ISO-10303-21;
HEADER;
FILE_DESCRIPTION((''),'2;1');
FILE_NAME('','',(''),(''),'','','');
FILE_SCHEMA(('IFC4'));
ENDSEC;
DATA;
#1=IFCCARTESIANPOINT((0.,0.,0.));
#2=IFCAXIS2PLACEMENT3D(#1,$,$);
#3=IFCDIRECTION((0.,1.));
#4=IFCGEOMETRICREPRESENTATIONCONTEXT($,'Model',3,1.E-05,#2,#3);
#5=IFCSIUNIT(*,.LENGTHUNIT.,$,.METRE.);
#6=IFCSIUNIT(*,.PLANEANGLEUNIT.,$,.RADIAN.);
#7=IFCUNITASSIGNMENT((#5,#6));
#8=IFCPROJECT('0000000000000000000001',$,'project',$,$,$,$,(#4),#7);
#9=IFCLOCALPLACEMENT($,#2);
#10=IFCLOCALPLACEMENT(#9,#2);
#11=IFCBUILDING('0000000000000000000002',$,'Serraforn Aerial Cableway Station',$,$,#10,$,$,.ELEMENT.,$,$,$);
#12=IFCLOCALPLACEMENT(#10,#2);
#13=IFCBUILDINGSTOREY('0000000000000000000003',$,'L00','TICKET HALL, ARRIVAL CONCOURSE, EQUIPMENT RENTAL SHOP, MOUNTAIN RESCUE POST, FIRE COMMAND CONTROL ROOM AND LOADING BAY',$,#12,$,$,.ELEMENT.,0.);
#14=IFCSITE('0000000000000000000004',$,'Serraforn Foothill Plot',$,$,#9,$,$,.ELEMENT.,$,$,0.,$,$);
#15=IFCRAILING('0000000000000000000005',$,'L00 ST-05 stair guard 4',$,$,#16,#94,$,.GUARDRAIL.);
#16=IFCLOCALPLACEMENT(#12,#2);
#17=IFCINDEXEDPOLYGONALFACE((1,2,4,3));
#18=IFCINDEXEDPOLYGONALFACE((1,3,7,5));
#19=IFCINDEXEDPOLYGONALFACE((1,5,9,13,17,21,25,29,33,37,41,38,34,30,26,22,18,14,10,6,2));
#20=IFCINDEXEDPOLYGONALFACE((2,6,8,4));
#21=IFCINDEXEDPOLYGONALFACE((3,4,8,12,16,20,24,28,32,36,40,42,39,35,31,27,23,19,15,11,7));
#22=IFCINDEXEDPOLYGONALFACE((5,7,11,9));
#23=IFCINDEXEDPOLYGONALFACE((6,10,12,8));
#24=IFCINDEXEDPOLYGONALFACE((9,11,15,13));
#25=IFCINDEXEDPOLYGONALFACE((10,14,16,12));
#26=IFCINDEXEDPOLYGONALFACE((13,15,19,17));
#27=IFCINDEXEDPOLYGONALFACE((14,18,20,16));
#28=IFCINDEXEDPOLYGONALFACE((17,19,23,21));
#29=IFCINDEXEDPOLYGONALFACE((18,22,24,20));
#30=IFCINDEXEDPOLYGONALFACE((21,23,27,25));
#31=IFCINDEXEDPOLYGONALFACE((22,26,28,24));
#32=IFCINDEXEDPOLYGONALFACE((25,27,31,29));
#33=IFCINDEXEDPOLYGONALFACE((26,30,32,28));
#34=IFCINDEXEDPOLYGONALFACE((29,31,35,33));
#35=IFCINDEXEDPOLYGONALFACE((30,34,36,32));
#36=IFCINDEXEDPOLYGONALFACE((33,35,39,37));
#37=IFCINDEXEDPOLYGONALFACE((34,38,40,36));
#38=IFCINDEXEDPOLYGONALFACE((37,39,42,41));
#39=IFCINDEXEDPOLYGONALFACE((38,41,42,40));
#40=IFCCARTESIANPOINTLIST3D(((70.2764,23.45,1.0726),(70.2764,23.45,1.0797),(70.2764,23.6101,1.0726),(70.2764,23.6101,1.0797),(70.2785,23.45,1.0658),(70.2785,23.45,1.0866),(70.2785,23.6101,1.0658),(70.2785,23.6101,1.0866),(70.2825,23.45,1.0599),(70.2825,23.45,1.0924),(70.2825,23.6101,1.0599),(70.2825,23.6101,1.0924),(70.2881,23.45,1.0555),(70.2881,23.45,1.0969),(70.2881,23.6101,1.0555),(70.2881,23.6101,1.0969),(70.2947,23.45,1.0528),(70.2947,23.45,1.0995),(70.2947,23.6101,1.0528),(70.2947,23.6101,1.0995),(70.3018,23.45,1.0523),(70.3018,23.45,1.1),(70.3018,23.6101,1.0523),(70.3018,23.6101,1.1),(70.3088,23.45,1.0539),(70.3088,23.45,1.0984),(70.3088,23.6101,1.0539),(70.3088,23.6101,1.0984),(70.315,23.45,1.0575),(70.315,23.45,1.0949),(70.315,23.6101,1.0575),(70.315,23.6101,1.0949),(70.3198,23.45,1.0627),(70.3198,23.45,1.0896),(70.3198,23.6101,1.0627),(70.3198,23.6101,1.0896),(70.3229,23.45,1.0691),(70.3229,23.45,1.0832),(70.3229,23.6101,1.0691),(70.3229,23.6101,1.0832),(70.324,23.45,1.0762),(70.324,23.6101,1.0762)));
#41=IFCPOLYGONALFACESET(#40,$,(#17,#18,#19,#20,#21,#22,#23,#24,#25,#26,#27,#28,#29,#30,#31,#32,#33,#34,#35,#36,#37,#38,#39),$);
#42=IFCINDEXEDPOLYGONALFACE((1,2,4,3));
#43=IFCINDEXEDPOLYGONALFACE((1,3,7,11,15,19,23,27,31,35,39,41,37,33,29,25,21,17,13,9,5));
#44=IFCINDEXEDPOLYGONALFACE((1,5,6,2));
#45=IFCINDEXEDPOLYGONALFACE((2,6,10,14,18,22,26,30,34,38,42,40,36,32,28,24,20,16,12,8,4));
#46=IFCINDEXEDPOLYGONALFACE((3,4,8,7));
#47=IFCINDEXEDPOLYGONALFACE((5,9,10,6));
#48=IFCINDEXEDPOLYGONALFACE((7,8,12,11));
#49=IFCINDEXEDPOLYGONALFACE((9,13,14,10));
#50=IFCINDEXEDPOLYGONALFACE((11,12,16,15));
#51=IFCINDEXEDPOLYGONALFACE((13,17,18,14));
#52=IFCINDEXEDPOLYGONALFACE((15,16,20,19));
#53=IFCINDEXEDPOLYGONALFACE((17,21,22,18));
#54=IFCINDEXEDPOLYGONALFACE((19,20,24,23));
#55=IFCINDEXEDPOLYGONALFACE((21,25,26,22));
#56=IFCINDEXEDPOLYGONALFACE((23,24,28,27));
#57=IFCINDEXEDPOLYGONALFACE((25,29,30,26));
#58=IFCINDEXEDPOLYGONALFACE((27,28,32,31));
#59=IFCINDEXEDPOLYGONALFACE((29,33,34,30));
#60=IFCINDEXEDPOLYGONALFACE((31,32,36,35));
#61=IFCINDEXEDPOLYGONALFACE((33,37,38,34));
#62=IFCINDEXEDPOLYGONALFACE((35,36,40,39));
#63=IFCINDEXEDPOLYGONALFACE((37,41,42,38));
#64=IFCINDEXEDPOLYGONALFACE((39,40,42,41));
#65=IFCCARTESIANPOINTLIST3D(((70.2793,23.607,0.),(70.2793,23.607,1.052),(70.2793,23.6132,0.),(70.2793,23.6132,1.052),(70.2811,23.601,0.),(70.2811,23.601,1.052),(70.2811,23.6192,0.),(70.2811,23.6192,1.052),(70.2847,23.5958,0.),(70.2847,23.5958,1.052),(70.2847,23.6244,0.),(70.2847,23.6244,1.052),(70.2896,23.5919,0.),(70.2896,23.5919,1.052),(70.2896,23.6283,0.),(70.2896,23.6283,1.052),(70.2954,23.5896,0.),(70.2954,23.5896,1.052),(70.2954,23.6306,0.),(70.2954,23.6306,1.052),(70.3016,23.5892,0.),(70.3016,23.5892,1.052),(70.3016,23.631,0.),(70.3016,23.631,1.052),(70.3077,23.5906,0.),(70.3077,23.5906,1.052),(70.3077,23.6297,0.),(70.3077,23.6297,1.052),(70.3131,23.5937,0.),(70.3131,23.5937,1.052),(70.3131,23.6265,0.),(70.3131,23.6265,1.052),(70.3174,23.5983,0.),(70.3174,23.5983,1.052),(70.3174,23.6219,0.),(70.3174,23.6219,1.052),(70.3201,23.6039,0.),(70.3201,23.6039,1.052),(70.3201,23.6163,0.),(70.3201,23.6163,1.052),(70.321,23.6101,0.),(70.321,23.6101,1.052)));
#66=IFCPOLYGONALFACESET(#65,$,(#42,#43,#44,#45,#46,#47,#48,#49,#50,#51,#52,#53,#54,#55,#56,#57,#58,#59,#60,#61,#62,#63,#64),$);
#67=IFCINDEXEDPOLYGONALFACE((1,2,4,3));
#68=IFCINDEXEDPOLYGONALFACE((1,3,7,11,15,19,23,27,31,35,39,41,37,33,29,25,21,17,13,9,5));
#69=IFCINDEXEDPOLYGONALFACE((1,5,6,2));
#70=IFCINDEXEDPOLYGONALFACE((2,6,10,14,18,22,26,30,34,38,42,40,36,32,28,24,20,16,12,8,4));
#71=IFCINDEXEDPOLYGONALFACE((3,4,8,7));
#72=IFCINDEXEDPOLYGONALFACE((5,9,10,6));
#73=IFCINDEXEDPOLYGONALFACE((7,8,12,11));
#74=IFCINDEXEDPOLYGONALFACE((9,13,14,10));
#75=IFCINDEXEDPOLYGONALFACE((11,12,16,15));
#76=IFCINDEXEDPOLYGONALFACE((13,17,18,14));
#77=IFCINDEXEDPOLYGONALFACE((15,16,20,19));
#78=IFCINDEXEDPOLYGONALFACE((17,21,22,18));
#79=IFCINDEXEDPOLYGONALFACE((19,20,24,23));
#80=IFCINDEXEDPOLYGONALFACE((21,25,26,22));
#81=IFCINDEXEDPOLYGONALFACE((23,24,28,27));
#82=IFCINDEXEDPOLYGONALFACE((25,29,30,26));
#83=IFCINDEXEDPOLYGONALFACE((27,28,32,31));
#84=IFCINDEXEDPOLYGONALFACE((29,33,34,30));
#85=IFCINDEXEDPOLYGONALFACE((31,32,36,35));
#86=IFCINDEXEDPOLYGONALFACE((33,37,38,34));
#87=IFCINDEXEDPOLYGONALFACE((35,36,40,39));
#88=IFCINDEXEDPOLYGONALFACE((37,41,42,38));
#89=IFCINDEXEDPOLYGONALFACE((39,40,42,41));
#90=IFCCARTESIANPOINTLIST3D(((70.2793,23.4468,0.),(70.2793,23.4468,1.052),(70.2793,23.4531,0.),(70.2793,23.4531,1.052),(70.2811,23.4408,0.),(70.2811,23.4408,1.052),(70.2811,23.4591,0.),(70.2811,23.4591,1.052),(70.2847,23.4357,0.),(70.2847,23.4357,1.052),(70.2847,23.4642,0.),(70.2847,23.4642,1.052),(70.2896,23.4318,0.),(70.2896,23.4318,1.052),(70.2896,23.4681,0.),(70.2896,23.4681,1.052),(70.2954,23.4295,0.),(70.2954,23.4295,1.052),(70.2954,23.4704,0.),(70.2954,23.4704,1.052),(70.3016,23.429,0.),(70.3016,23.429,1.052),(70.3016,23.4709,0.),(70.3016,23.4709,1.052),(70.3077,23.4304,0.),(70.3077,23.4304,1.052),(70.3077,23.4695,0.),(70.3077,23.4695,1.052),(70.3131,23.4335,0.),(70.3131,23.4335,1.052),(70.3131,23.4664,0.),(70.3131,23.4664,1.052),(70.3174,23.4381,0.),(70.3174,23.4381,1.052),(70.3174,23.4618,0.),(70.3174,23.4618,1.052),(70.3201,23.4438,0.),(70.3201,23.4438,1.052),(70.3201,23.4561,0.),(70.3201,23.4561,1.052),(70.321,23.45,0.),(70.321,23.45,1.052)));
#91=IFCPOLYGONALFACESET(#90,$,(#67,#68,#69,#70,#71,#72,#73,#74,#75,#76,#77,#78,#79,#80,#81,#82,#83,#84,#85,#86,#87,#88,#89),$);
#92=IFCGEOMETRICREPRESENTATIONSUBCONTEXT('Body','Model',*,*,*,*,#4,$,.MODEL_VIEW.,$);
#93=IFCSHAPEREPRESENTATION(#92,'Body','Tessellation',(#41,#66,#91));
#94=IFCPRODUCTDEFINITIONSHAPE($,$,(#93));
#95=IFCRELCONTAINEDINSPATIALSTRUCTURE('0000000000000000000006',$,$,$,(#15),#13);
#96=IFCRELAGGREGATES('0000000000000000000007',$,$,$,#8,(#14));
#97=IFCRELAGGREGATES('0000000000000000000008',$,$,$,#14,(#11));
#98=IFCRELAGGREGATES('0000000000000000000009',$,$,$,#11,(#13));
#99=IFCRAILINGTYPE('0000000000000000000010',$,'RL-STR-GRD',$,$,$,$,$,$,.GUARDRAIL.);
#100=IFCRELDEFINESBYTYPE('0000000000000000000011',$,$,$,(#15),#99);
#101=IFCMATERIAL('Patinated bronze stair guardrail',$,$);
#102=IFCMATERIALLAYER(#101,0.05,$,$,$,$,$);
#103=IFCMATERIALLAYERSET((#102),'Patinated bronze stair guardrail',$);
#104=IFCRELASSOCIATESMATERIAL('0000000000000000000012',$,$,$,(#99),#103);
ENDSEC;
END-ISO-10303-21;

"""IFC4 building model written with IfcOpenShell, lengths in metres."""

from ifc_helpers import new_model, si_unit, direction, frame, origin, origin_2d, place, context, subcontext, project, spatial, circle, extrude, material, layer, layer_set, type_object, element, save


model = new_model("IFC4")

# Units and contexts
model_context = context("Model", 3, precision=1e-05, world=origin(), true_north=direction((0.0, 1.0)))
body_context = subcontext(model_context, "Body", "Model", "MODEL_VIEW")
ifc_project = project(units=[si_unit("LENGTHUNIT", "METRE"), si_unit("PLANEANGLEUNIT", "RADIAN")], contexts=[model_context])

# Site, building, storey
site_placement = place(None, origin())
site = spatial("IfcSite", under=ifc_project, at=site_placement, Name="Serraforn Foothill Plot", CompositionType="ELEMENT", RefElevation=0.0)
building_placement = place(site_placement, origin())
building = spatial("IfcBuilding", under=site, at=building_placement, Name="Serraforn Aerial Cableway Station", CompositionType="ELEMENT")
storey_placement = place(building_placement, origin())
storey = spatial("IfcBuildingStorey", under=building, at=storey_placement, Name="L00", Description="TICKET HALL, ARRIVAL CONCOURSE, EQUIPMENT RENTAL SHOP, MOUNTAIN RESCUE POST, FIRE COMMAND CONTROL ROOM AND LOADING BAY", CompositionType="ELEMENT", Elevation=0.0)

# Railing
ifc_material_1 = material(Name="Patinated bronze stair guardrail")
ifc_layer_1 = layer(ifc_material_1, 0.05)
ifc_layer_set_1 = layer_set([ifc_layer_1], Name="Patinated bronze stair guardrail")
railing_type_1 = type_object("IfcRailingType", Name="RL-STR-GRD", PredefinedType="GUARDRAIL", material=ifc_layer_set_1)
railing_1_placement = place(storey_placement, frame((70.3, 23.6101, 0.0)))
element("IfcRailing", 1, at=railing_1_placement, inside=storey, type_object=railing_type_1, Name="L00 ST-05 stair guard 4", PredefinedType="GUARDRAIL", context=body_context, shape_type="SweptSolid", body=[
    extrude(circle(Radius=0.0239, at=origin_2d()), frame((0.0, 0.0, 1.0762), z_axis=(0.0, -1.0, 0.0), x_axis=(1.0, 0.0, 0.0)), (0.0, 0.0, 1.0), 0.1602),
    extrude(circle(Radius=0.021, at=origin_2d()), origin(), (0.0, 0.0, 1.0), 1.052),
    extrude(circle(Radius=0.021, at=origin_2d()), frame((0.0, -0.1602, 0.0)), (0.0, 0.0, 1.0), 1.052),
])

save(model, "model.ifc")
